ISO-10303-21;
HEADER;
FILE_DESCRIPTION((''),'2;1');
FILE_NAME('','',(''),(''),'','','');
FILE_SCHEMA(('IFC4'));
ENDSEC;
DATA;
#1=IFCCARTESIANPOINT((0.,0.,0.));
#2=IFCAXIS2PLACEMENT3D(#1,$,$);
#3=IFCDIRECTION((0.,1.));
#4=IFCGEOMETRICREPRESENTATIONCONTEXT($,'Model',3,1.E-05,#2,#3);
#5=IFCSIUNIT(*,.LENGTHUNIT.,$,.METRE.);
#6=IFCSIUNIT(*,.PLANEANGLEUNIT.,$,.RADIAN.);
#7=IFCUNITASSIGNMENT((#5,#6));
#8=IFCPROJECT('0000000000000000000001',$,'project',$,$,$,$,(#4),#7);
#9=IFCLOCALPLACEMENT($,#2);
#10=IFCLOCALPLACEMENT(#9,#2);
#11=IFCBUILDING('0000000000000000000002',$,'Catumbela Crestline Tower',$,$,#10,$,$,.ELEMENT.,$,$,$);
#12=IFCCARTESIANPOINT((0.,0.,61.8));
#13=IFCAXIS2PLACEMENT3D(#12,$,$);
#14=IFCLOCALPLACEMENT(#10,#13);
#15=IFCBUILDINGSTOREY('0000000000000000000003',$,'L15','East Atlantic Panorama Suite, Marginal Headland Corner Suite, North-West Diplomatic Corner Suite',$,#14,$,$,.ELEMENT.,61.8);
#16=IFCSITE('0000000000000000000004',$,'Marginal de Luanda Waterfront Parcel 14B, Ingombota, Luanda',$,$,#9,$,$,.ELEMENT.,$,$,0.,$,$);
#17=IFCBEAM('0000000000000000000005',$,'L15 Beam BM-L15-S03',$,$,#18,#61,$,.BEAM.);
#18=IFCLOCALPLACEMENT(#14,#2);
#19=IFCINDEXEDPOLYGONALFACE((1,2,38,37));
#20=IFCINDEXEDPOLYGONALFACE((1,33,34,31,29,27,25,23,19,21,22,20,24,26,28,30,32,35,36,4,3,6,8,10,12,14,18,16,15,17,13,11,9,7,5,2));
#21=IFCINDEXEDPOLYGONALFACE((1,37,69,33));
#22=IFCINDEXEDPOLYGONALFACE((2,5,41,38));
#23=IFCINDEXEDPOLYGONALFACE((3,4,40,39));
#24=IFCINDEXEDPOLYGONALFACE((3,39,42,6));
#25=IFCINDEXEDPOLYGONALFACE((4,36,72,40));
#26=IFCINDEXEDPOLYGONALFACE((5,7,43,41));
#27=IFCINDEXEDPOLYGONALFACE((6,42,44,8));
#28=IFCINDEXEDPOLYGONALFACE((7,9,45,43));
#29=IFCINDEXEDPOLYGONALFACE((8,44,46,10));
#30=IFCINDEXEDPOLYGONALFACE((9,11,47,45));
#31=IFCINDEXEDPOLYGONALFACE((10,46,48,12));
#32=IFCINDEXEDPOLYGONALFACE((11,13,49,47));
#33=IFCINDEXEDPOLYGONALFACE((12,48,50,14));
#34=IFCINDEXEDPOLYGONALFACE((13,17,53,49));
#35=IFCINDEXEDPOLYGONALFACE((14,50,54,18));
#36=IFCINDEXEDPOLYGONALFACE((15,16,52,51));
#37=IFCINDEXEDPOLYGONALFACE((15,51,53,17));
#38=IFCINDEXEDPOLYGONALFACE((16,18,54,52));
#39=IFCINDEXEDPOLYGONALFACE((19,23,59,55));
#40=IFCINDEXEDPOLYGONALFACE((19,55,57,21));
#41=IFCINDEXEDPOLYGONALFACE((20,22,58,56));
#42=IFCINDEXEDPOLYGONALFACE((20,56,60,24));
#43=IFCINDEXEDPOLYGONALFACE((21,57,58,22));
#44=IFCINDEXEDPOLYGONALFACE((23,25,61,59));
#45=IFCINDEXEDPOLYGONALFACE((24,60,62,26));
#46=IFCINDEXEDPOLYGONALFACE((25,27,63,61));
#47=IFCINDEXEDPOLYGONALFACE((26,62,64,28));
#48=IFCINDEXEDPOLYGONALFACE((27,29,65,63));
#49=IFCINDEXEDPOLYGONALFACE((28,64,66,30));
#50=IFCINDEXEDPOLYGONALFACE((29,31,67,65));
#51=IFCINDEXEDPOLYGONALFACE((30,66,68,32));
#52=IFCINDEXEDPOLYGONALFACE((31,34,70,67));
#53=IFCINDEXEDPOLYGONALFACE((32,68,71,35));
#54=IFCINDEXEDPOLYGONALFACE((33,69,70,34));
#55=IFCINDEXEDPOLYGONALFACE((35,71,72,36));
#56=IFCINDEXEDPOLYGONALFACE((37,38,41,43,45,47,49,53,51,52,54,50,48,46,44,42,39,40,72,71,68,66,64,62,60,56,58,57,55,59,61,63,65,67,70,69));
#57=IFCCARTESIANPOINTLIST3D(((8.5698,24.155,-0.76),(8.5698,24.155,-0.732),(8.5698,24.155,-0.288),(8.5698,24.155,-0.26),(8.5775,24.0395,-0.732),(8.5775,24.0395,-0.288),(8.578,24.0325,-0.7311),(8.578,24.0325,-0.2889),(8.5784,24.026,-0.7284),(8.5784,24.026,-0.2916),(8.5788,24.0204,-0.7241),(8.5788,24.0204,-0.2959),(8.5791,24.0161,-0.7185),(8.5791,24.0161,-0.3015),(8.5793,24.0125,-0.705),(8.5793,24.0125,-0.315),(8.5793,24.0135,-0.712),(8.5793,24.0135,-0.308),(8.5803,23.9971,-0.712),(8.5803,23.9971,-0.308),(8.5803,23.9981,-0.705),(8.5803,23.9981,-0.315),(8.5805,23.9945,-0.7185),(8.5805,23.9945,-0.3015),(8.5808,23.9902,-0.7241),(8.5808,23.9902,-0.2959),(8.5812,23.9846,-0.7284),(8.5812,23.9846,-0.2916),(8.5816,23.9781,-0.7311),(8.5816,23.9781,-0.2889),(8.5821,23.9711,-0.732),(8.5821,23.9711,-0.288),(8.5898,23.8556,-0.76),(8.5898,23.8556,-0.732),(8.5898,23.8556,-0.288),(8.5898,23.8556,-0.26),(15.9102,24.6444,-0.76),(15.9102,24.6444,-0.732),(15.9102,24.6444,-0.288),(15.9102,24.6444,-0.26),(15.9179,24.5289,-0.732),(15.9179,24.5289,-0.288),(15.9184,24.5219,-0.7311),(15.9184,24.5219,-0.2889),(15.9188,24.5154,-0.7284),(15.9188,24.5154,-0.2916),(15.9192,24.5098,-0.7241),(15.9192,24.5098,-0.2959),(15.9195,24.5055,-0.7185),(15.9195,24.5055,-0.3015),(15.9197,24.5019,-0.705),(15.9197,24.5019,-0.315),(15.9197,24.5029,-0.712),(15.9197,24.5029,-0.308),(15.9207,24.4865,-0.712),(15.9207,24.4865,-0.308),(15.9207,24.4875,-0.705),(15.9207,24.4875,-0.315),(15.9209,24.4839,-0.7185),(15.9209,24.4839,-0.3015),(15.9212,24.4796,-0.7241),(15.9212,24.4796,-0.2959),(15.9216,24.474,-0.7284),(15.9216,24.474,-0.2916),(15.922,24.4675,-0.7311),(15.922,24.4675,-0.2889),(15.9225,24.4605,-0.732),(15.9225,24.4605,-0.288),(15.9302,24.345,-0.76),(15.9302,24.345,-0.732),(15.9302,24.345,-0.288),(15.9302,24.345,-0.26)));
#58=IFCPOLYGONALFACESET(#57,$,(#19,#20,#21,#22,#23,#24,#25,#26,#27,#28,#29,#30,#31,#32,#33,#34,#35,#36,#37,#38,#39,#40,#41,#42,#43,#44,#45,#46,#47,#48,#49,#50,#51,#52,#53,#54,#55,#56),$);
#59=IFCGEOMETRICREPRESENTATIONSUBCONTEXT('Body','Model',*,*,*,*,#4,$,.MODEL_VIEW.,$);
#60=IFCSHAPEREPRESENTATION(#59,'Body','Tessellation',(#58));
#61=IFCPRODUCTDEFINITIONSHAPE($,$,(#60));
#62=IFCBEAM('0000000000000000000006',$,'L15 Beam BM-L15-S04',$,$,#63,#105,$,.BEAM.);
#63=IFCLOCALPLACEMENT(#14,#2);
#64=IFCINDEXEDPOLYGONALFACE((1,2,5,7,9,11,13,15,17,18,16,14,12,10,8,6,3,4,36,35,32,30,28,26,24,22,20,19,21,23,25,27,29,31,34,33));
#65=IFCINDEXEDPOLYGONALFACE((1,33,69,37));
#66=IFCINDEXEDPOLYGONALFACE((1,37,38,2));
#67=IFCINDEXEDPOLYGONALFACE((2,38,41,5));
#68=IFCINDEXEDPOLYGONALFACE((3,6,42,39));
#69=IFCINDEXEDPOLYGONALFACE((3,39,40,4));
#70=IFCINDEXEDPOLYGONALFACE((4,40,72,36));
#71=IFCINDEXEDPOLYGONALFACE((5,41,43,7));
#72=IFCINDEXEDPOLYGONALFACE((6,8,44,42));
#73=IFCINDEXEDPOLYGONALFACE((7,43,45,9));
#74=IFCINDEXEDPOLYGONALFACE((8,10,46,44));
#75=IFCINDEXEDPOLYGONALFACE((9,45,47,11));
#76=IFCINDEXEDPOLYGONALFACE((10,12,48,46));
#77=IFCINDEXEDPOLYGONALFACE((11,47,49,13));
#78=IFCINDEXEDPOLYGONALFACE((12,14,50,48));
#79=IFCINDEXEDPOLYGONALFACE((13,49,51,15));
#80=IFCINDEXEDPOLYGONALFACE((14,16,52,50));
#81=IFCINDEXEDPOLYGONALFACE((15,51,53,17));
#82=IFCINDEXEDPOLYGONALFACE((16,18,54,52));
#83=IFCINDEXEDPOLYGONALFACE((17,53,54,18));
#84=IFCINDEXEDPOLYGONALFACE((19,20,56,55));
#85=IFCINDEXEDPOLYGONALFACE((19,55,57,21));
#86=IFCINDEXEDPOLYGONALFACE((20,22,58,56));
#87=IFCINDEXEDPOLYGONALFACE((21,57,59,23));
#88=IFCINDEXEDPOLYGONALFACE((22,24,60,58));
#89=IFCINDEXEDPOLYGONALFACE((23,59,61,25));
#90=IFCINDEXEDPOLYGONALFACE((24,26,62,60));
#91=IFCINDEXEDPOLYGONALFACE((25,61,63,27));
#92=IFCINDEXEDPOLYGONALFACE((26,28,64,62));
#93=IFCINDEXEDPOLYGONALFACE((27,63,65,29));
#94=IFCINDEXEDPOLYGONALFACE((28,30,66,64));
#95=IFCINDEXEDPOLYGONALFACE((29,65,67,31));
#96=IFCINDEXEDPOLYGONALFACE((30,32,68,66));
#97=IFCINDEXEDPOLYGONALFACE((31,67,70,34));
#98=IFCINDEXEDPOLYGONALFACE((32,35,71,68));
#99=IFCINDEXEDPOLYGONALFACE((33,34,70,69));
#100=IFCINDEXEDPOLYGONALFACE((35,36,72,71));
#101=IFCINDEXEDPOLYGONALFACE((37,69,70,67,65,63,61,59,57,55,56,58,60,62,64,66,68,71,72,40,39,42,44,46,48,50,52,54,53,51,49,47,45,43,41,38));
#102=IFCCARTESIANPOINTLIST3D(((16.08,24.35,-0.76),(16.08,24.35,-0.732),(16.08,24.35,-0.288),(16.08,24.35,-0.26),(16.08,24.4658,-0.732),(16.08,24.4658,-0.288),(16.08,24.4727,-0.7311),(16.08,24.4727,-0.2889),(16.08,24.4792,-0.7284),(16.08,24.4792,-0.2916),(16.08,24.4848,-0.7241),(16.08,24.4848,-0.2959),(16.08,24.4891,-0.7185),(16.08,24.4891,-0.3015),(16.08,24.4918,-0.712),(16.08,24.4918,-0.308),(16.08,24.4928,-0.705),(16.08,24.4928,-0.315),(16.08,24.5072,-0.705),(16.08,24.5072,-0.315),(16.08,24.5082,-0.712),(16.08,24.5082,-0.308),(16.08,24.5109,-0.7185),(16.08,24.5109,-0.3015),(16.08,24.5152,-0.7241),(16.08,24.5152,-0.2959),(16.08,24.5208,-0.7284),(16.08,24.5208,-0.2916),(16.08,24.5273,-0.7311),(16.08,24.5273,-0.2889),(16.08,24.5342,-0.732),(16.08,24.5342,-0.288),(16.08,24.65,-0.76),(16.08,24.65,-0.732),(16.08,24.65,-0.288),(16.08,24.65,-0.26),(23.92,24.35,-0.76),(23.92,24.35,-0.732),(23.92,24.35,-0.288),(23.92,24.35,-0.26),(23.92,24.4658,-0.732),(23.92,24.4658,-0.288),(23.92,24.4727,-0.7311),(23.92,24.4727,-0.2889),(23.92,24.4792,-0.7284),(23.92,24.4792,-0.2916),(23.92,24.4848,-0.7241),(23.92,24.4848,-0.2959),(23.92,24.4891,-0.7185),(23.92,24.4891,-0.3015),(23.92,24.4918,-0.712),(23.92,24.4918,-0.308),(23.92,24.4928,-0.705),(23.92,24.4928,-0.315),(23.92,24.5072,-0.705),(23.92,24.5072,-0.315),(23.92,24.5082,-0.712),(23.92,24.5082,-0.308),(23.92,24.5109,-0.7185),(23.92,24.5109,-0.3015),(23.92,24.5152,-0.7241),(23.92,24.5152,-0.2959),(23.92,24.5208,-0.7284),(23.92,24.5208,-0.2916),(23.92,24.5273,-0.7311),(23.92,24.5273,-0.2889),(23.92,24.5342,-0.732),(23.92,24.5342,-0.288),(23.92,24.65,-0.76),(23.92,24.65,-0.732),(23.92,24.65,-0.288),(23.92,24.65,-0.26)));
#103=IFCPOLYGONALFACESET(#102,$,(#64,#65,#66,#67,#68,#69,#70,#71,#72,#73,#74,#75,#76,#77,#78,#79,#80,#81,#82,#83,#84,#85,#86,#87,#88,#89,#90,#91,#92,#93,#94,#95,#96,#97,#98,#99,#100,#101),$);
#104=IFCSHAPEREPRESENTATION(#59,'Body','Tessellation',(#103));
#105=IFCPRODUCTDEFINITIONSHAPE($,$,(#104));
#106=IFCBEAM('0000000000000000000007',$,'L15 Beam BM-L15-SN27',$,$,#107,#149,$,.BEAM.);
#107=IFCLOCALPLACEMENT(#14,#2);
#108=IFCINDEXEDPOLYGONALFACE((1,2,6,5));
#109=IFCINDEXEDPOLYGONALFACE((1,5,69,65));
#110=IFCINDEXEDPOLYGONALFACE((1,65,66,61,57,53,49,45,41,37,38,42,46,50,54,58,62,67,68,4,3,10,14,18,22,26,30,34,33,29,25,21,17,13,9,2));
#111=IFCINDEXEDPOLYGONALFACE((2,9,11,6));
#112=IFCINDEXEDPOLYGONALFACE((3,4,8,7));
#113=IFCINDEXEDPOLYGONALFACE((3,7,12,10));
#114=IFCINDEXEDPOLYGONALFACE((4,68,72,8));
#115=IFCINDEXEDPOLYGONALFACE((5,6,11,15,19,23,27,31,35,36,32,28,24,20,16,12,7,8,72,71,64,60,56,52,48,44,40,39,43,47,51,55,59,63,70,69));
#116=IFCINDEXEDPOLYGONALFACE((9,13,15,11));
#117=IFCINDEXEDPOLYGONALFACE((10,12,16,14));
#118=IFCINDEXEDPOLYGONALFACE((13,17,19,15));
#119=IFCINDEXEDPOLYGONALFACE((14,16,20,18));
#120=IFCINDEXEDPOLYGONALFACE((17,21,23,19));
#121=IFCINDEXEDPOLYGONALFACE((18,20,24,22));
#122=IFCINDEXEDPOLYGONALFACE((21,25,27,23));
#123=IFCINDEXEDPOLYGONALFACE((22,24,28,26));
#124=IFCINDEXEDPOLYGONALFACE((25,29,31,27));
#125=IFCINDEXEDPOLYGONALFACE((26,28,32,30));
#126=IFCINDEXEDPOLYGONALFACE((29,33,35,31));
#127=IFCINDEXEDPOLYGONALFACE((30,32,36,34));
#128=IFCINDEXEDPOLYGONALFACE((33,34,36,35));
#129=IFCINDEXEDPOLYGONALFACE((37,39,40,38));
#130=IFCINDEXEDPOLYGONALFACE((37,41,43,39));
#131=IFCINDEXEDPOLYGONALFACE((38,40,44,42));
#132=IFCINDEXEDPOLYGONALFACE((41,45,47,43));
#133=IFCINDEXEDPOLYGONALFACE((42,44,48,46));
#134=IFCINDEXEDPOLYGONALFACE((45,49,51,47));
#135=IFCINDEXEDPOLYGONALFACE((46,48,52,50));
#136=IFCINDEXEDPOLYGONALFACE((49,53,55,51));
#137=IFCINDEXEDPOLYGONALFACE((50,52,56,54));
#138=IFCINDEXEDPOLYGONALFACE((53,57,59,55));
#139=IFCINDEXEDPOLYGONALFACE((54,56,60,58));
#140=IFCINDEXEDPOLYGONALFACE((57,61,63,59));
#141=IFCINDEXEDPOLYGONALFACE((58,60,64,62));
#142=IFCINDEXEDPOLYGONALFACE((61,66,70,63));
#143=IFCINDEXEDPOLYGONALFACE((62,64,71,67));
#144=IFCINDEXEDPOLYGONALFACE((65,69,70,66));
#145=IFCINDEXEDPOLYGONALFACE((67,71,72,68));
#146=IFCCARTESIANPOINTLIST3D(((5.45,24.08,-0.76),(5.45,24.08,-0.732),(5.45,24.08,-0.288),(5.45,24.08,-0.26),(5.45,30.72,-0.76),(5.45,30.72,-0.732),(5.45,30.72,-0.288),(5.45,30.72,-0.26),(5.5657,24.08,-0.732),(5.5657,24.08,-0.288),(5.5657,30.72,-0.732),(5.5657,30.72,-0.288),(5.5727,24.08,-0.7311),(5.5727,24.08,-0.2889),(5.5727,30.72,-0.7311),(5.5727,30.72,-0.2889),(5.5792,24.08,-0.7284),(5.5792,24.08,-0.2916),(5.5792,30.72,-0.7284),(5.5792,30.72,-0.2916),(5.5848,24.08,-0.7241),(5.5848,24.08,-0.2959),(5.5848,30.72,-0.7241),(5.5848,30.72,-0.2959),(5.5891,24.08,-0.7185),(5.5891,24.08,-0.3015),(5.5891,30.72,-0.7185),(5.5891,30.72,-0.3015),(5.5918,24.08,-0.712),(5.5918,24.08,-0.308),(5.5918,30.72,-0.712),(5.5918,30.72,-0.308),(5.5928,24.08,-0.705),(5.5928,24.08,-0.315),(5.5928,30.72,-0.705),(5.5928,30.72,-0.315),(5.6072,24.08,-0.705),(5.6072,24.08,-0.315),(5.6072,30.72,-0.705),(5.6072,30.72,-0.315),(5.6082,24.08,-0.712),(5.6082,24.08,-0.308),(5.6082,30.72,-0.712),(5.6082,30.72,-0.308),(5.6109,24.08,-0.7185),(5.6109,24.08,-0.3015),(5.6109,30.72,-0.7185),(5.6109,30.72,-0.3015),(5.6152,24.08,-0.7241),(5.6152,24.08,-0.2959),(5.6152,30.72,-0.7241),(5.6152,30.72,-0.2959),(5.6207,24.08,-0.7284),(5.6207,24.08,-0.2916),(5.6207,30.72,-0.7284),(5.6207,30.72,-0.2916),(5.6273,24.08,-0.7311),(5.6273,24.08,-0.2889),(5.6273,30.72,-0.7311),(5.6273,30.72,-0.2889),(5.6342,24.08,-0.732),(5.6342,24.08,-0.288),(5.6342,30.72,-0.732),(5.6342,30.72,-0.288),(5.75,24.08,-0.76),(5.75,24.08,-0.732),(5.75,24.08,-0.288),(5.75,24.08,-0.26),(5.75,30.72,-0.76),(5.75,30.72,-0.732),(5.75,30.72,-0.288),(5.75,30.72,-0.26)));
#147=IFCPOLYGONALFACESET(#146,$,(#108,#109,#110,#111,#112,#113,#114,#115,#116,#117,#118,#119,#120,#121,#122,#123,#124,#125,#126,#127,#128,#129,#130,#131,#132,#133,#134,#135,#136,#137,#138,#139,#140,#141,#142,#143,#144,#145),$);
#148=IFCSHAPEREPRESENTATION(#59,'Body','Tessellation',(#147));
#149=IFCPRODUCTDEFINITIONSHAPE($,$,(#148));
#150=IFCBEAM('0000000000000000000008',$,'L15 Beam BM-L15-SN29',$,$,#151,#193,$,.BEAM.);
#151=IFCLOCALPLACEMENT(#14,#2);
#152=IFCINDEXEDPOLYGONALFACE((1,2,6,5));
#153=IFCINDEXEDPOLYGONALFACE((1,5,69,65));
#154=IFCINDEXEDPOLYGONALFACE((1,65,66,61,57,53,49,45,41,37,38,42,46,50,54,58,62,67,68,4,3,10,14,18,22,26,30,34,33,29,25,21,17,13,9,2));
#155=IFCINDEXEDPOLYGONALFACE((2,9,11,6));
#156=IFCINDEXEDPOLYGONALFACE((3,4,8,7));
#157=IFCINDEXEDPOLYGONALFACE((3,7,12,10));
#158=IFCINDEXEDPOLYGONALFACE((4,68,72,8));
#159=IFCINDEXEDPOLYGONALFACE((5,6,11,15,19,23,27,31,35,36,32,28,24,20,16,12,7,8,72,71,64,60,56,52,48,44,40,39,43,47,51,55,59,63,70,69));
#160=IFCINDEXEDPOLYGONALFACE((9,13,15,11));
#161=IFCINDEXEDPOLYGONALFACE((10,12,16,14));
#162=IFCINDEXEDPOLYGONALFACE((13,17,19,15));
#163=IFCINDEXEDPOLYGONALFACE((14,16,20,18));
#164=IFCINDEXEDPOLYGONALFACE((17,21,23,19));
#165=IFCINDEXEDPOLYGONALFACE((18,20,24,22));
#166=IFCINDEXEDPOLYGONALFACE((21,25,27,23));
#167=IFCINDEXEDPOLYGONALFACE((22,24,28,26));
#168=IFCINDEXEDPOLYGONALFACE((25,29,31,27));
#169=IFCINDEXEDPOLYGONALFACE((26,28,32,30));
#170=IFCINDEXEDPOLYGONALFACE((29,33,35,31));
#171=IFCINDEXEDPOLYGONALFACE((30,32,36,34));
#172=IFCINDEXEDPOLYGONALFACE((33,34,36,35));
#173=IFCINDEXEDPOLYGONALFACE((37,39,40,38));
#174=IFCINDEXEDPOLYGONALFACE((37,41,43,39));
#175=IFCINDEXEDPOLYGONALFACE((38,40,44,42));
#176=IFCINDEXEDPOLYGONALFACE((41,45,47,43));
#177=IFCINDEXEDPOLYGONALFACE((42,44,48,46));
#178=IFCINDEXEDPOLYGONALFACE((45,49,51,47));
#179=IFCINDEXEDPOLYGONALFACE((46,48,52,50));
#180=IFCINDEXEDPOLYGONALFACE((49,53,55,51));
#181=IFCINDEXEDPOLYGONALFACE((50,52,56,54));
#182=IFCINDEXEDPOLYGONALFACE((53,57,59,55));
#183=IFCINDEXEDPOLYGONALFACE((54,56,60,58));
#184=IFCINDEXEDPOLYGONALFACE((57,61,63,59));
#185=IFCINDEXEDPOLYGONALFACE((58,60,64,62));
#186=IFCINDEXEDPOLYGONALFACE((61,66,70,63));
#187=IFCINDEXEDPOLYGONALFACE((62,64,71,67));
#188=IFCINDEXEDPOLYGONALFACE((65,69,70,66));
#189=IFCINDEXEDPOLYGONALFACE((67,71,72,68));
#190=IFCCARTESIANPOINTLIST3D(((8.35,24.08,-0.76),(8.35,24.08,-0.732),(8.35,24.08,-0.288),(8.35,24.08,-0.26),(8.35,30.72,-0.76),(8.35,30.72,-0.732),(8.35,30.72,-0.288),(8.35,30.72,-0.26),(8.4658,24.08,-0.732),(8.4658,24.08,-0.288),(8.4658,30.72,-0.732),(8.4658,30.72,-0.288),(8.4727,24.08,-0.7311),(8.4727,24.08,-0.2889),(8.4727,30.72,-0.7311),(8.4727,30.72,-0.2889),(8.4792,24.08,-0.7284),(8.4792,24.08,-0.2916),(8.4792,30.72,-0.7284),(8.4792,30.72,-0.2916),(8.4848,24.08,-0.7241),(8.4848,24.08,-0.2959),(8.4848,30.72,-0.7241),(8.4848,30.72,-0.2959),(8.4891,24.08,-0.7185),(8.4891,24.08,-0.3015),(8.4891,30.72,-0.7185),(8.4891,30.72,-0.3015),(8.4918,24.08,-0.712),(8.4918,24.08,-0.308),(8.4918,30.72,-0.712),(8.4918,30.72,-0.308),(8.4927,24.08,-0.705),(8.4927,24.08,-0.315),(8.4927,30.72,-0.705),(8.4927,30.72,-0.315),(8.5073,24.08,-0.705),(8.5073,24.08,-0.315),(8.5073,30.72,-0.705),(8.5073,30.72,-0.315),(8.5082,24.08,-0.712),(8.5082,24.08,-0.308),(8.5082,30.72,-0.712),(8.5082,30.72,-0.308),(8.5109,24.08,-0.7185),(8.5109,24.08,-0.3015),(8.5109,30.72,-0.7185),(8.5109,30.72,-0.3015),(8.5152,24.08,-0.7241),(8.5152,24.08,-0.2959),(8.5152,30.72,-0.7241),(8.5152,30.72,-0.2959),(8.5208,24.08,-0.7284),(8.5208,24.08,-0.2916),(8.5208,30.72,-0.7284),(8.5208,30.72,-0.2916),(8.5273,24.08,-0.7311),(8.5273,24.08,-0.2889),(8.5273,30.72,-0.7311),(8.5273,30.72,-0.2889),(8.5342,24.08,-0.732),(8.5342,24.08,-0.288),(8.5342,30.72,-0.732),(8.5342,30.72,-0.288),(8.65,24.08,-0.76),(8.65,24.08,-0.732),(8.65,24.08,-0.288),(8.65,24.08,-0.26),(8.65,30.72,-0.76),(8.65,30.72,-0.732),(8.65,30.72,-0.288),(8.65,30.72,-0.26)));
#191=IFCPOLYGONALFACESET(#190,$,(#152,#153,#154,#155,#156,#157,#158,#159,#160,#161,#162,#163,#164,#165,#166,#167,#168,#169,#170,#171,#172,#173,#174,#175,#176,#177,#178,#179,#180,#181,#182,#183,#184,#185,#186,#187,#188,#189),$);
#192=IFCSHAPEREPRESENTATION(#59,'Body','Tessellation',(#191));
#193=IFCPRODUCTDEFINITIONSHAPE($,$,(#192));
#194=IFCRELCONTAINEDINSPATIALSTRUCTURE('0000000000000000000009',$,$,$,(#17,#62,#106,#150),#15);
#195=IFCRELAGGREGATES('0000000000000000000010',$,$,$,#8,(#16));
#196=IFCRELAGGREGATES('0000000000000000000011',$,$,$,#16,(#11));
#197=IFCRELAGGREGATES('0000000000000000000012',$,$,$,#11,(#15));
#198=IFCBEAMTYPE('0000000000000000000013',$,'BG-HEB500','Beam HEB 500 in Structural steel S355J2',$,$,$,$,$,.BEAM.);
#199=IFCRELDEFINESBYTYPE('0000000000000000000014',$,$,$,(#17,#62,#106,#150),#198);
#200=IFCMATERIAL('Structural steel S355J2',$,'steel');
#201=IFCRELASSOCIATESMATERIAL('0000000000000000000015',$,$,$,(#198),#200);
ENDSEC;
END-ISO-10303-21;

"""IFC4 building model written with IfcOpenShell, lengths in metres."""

from ifc_helpers import new_model, si_unit, direction, frame, origin, origin_2d, place, context, subcontext, project, spatial, i_section, extrude, material, material_profile, profile_set, type_object, element, save


model = new_model("IFC4")

# Units and contexts
model_context = context("Model", 3, precision=1e-05, world=origin(), true_north=direction((0.0, 1.0)))
body_context = subcontext(model_context, "Body", "Model", "MODEL_VIEW")
ifc_project = project(units=[si_unit("LENGTHUNIT", "METRE"), si_unit("PLANEANGLEUNIT", "RADIAN")], contexts=[model_context])

# Site, building, storey
site_placement = place(None, origin())
site = spatial("IfcSite", under=ifc_project, at=site_placement, Name="Marginal de Luanda Waterfront Parcel 14B, Ingombota, Luanda", CompositionType="ELEMENT", RefElevation=0.0)
building_placement = place(site_placement, origin())
building = spatial("IfcBuilding", under=site, at=building_placement, Name="Catumbela Crestline Tower", CompositionType="ELEMENT")
storey_placement = place(building_placement, frame((0.0, 0.0, 61.8)))
storey = spatial("IfcBuildingStorey", under=building, at=storey_placement, Name="L15", Description="East Atlantic Panorama Suite, Marginal Headland Corner Suite, North-West Diplomatic Corner Suite", CompositionType="ELEMENT", Elevation=61.8)

# Beams
ifc_material_1 = material(Name="Structural steel S355J2", Category="steel")
ifc_material_profile_1 = material_profile(ifc_material_1, i_section(OverallWidth=0.3, OverallDepth=0.5, WebThickness=0.0145, FlangeThickness=0.028, FilletRadius=0.027, at=origin_2d()), Name="HEB 500")
ifc_profile_set_1 = profile_set([ifc_material_profile_1], Name="Structural steel S355J2")
beam_type_1 = type_object("IfcBeamType", Name="BG-HEB500", Description="Beam HEB 500 in Structural steel S355J2", PredefinedType="BEAM", material=ifc_profile_set_1)
beam_1_placement = place(storey_placement, frame((8.5798, 24.0053, -0.51), z_axis=(0.997785, 0.066524, 0.0), x_axis=(-0.066524, 0.997785, 0.0)))
element("IfcBeam", 1, at=beam_1_placement, inside=storey, type_object=beam_type_1, Name="L15 Beam BM-L15-S03", PredefinedType="BEAM", context=body_context, shape_type="SweptSolid", body=[
    extrude(i_section(OverallWidth=0.3, OverallDepth=0.5, WebThickness=0.0145, FlangeThickness=0.028, FilletRadius=0.027, at=origin_2d()), origin(), (0.0, 0.0, 1.0), 7.3567),
])
beam_2_placement = place(storey_placement, frame((16.08, 24.5, -0.51), z_axis=(1.0, 0.0, 0.0), x_axis=(0.0, 1.0, 0.0)))
element("IfcBeam", 2, at=beam_2_placement, inside=storey, type_object=beam_type_1, Name="L15 Beam BM-L15-S04", PredefinedType="BEAM", context=body_context, shape_type="SweptSolid", body=[
    extrude(i_section(OverallWidth=0.3, OverallDepth=0.5, WebThickness=0.0145, FlangeThickness=0.028, FilletRadius=0.027, at=origin_2d()), origin(), (0.0, 0.0, 1.0), 7.84),
])
for number, where, z_axis, x_axis, name in (
    (3, (5.6, 24.08, -0.51), (0.0, 1.0, 0.0), (-1.0, 0.0, 0.0), "L15 Beam BM-L15-SN27"),
    (4, (8.5, 24.08, -0.51), (0.0, 1.0, 0.0), (-1.0, 0.0, 0.0), "L15 Beam BM-L15-SN29"),
):
    element("IfcBeam", number, at=place(storey_placement, frame(where, z_axis=z_axis, x_axis=x_axis)), inside=storey, type_object=beam_type_1, Name=name, PredefinedType="BEAM", context=body_context, shape_type="SweptSolid", body=[
        extrude(i_section(OverallWidth=0.3, OverallDepth=0.5, WebThickness=0.0145, FlangeThickness=0.028, FilletRadius=0.027, at=origin_2d()), origin(), (0.0, 0.0, 1.0), 6.64),
    ])

save(model, "model.ifc")
